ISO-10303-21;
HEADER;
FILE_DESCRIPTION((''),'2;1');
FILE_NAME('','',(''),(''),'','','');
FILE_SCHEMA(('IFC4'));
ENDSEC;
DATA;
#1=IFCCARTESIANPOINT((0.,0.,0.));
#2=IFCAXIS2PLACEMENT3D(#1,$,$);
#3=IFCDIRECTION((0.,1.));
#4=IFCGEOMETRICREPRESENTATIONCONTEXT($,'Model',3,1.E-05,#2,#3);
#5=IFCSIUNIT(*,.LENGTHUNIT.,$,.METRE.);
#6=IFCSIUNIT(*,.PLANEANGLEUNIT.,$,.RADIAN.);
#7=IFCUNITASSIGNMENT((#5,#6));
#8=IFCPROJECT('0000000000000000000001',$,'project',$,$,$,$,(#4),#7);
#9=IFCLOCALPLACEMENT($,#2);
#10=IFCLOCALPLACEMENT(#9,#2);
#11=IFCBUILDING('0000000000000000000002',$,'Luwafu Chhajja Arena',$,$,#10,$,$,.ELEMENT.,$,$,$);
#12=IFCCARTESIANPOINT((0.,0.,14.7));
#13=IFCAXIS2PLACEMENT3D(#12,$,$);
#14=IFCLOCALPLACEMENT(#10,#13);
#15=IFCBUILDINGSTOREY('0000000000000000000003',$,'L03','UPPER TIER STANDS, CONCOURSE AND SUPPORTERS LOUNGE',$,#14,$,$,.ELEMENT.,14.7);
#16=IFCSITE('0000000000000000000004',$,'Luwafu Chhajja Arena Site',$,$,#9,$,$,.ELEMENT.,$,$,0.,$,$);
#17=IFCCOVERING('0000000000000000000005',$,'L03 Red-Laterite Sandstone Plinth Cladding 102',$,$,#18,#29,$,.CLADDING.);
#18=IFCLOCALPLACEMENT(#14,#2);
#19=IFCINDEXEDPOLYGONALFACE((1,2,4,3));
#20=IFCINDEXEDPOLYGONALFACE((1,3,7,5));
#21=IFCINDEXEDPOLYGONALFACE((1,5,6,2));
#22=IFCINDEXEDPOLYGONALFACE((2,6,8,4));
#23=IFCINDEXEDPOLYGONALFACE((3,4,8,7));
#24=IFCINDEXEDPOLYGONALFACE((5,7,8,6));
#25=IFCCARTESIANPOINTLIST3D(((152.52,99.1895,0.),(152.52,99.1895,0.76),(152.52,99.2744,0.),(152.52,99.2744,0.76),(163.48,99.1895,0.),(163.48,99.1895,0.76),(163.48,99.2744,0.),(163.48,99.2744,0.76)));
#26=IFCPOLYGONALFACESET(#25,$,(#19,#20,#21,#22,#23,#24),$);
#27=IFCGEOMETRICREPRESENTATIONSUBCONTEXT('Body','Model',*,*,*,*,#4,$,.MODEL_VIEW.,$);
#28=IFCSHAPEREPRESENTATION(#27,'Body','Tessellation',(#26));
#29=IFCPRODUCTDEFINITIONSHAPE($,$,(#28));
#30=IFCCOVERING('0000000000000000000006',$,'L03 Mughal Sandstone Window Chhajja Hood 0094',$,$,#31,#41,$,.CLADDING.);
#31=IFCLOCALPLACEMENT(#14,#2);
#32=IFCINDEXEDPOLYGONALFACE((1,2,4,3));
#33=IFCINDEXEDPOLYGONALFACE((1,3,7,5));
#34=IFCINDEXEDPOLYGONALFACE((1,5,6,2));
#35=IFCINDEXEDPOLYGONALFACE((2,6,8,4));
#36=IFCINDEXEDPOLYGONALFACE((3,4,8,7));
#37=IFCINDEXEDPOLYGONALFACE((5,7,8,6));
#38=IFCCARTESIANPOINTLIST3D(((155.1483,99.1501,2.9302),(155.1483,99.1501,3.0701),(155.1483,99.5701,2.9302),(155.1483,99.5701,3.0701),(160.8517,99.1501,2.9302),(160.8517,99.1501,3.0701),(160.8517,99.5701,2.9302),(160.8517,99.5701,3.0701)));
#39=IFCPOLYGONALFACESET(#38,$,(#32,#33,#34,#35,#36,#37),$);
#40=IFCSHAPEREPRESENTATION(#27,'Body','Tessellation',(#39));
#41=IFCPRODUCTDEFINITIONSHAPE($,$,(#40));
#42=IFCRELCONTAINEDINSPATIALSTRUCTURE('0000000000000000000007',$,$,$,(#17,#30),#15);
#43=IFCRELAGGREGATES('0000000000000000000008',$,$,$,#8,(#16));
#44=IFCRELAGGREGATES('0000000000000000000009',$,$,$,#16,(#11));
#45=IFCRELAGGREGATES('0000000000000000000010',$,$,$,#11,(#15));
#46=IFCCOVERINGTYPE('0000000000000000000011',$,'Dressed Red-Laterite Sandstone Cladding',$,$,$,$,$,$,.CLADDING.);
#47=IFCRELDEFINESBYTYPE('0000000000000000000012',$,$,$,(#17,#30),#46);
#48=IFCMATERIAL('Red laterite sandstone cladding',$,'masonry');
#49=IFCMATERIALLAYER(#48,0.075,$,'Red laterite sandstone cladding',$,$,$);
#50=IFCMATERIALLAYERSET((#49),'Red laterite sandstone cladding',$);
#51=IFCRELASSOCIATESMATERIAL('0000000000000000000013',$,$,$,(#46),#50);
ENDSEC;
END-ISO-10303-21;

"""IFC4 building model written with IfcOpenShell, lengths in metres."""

from ifc_helpers import new_model, si_unit, direction, frame, origin, origin_2d, place, context, subcontext, project, spatial, rectangle, extrude, material, layer, layer_set, type_object, element, save


model = new_model("IFC4")

# Units and contexts
model_context = context("Model", 3, precision=1e-05, world=origin(), true_north=direction((0.0, 1.0)))
body_context = subcontext(model_context, "Body", "Model", "MODEL_VIEW")
ifc_project = project(units=[si_unit("LENGTHUNIT", "METRE"), si_unit("PLANEANGLEUNIT", "RADIAN")], contexts=[model_context])

# Site, building, storey
site_placement = place(None, origin())
site = spatial("IfcSite", under=ifc_project, at=site_placement, Name="Luwafu Chhajja Arena Site", CompositionType="ELEMENT", RefElevation=0.0)
building_placement = place(site_placement, origin())
building = spatial("IfcBuilding", under=site, at=building_placement, Name="Luwafu Chhajja Arena", CompositionType="ELEMENT")
storey_placement = place(building_placement, frame((0.0, 0.0, 14.7)))
storey = spatial("IfcBuildingStorey", under=building, at=storey_placement, Name="L03", Description="UPPER TIER STANDS, CONCOURSE AND SUPPORTERS LOUNGE", CompositionType="ELEMENT", Elevation=14.7)

# Coverings
ifc_material_1 = material(Name="Red laterite sandstone cladding", Category="masonry")
ifc_layer_1 = layer(ifc_material_1, 0.075, Name="Red laterite sandstone cladding")
ifc_layer_set_1 = layer_set([ifc_layer_1], Name="Red laterite sandstone cladding")
covering_type = type_object("IfcCoveringType", Name="Dressed Red-Laterite Sandstone Cladding", PredefinedType="CLADDING", material=ifc_layer_set_1)
covering_1_placement = place(storey_placement, frame((158.0, 99.2319, 0.0), z_axis=(0.0, 0.0, 1.0), x_axis=(1.0, 0.0, 0.0)))
element("IfcCovering", 1, at=covering_1_placement, inside=storey, type_object=covering_type, Name="L03 Red-Laterite Sandstone Plinth Cladding 102", PredefinedType="CLADDING", context=body_context, shape_type="SweptSolid", body=[
    extrude(rectangle(XDim=10.96, YDim=0.085, at=origin_2d()), origin(), (0.0, 0.0, 1.0), 0.76),
])
covering_2_placement = place(storey_placement, frame((158.0, 99.3601, 2.9302), z_axis=(0.0, 0.0, 1.0), x_axis=(1.0, 0.0, 0.0)))
element("IfcCovering", 2, at=covering_2_placement, inside=storey, type_object=covering_type, Name="L03 Mughal Sandstone Window Chhajja Hood 0094", PredefinedType="CLADDING", context=body_context, shape_type="SweptSolid", body=[
    extrude(rectangle(XDim=5.7034, YDim=0.4199, at=origin_2d()), origin(), (0.0, 0.0, 1.0), 0.1399),
])

save(model, "model.ifc")
